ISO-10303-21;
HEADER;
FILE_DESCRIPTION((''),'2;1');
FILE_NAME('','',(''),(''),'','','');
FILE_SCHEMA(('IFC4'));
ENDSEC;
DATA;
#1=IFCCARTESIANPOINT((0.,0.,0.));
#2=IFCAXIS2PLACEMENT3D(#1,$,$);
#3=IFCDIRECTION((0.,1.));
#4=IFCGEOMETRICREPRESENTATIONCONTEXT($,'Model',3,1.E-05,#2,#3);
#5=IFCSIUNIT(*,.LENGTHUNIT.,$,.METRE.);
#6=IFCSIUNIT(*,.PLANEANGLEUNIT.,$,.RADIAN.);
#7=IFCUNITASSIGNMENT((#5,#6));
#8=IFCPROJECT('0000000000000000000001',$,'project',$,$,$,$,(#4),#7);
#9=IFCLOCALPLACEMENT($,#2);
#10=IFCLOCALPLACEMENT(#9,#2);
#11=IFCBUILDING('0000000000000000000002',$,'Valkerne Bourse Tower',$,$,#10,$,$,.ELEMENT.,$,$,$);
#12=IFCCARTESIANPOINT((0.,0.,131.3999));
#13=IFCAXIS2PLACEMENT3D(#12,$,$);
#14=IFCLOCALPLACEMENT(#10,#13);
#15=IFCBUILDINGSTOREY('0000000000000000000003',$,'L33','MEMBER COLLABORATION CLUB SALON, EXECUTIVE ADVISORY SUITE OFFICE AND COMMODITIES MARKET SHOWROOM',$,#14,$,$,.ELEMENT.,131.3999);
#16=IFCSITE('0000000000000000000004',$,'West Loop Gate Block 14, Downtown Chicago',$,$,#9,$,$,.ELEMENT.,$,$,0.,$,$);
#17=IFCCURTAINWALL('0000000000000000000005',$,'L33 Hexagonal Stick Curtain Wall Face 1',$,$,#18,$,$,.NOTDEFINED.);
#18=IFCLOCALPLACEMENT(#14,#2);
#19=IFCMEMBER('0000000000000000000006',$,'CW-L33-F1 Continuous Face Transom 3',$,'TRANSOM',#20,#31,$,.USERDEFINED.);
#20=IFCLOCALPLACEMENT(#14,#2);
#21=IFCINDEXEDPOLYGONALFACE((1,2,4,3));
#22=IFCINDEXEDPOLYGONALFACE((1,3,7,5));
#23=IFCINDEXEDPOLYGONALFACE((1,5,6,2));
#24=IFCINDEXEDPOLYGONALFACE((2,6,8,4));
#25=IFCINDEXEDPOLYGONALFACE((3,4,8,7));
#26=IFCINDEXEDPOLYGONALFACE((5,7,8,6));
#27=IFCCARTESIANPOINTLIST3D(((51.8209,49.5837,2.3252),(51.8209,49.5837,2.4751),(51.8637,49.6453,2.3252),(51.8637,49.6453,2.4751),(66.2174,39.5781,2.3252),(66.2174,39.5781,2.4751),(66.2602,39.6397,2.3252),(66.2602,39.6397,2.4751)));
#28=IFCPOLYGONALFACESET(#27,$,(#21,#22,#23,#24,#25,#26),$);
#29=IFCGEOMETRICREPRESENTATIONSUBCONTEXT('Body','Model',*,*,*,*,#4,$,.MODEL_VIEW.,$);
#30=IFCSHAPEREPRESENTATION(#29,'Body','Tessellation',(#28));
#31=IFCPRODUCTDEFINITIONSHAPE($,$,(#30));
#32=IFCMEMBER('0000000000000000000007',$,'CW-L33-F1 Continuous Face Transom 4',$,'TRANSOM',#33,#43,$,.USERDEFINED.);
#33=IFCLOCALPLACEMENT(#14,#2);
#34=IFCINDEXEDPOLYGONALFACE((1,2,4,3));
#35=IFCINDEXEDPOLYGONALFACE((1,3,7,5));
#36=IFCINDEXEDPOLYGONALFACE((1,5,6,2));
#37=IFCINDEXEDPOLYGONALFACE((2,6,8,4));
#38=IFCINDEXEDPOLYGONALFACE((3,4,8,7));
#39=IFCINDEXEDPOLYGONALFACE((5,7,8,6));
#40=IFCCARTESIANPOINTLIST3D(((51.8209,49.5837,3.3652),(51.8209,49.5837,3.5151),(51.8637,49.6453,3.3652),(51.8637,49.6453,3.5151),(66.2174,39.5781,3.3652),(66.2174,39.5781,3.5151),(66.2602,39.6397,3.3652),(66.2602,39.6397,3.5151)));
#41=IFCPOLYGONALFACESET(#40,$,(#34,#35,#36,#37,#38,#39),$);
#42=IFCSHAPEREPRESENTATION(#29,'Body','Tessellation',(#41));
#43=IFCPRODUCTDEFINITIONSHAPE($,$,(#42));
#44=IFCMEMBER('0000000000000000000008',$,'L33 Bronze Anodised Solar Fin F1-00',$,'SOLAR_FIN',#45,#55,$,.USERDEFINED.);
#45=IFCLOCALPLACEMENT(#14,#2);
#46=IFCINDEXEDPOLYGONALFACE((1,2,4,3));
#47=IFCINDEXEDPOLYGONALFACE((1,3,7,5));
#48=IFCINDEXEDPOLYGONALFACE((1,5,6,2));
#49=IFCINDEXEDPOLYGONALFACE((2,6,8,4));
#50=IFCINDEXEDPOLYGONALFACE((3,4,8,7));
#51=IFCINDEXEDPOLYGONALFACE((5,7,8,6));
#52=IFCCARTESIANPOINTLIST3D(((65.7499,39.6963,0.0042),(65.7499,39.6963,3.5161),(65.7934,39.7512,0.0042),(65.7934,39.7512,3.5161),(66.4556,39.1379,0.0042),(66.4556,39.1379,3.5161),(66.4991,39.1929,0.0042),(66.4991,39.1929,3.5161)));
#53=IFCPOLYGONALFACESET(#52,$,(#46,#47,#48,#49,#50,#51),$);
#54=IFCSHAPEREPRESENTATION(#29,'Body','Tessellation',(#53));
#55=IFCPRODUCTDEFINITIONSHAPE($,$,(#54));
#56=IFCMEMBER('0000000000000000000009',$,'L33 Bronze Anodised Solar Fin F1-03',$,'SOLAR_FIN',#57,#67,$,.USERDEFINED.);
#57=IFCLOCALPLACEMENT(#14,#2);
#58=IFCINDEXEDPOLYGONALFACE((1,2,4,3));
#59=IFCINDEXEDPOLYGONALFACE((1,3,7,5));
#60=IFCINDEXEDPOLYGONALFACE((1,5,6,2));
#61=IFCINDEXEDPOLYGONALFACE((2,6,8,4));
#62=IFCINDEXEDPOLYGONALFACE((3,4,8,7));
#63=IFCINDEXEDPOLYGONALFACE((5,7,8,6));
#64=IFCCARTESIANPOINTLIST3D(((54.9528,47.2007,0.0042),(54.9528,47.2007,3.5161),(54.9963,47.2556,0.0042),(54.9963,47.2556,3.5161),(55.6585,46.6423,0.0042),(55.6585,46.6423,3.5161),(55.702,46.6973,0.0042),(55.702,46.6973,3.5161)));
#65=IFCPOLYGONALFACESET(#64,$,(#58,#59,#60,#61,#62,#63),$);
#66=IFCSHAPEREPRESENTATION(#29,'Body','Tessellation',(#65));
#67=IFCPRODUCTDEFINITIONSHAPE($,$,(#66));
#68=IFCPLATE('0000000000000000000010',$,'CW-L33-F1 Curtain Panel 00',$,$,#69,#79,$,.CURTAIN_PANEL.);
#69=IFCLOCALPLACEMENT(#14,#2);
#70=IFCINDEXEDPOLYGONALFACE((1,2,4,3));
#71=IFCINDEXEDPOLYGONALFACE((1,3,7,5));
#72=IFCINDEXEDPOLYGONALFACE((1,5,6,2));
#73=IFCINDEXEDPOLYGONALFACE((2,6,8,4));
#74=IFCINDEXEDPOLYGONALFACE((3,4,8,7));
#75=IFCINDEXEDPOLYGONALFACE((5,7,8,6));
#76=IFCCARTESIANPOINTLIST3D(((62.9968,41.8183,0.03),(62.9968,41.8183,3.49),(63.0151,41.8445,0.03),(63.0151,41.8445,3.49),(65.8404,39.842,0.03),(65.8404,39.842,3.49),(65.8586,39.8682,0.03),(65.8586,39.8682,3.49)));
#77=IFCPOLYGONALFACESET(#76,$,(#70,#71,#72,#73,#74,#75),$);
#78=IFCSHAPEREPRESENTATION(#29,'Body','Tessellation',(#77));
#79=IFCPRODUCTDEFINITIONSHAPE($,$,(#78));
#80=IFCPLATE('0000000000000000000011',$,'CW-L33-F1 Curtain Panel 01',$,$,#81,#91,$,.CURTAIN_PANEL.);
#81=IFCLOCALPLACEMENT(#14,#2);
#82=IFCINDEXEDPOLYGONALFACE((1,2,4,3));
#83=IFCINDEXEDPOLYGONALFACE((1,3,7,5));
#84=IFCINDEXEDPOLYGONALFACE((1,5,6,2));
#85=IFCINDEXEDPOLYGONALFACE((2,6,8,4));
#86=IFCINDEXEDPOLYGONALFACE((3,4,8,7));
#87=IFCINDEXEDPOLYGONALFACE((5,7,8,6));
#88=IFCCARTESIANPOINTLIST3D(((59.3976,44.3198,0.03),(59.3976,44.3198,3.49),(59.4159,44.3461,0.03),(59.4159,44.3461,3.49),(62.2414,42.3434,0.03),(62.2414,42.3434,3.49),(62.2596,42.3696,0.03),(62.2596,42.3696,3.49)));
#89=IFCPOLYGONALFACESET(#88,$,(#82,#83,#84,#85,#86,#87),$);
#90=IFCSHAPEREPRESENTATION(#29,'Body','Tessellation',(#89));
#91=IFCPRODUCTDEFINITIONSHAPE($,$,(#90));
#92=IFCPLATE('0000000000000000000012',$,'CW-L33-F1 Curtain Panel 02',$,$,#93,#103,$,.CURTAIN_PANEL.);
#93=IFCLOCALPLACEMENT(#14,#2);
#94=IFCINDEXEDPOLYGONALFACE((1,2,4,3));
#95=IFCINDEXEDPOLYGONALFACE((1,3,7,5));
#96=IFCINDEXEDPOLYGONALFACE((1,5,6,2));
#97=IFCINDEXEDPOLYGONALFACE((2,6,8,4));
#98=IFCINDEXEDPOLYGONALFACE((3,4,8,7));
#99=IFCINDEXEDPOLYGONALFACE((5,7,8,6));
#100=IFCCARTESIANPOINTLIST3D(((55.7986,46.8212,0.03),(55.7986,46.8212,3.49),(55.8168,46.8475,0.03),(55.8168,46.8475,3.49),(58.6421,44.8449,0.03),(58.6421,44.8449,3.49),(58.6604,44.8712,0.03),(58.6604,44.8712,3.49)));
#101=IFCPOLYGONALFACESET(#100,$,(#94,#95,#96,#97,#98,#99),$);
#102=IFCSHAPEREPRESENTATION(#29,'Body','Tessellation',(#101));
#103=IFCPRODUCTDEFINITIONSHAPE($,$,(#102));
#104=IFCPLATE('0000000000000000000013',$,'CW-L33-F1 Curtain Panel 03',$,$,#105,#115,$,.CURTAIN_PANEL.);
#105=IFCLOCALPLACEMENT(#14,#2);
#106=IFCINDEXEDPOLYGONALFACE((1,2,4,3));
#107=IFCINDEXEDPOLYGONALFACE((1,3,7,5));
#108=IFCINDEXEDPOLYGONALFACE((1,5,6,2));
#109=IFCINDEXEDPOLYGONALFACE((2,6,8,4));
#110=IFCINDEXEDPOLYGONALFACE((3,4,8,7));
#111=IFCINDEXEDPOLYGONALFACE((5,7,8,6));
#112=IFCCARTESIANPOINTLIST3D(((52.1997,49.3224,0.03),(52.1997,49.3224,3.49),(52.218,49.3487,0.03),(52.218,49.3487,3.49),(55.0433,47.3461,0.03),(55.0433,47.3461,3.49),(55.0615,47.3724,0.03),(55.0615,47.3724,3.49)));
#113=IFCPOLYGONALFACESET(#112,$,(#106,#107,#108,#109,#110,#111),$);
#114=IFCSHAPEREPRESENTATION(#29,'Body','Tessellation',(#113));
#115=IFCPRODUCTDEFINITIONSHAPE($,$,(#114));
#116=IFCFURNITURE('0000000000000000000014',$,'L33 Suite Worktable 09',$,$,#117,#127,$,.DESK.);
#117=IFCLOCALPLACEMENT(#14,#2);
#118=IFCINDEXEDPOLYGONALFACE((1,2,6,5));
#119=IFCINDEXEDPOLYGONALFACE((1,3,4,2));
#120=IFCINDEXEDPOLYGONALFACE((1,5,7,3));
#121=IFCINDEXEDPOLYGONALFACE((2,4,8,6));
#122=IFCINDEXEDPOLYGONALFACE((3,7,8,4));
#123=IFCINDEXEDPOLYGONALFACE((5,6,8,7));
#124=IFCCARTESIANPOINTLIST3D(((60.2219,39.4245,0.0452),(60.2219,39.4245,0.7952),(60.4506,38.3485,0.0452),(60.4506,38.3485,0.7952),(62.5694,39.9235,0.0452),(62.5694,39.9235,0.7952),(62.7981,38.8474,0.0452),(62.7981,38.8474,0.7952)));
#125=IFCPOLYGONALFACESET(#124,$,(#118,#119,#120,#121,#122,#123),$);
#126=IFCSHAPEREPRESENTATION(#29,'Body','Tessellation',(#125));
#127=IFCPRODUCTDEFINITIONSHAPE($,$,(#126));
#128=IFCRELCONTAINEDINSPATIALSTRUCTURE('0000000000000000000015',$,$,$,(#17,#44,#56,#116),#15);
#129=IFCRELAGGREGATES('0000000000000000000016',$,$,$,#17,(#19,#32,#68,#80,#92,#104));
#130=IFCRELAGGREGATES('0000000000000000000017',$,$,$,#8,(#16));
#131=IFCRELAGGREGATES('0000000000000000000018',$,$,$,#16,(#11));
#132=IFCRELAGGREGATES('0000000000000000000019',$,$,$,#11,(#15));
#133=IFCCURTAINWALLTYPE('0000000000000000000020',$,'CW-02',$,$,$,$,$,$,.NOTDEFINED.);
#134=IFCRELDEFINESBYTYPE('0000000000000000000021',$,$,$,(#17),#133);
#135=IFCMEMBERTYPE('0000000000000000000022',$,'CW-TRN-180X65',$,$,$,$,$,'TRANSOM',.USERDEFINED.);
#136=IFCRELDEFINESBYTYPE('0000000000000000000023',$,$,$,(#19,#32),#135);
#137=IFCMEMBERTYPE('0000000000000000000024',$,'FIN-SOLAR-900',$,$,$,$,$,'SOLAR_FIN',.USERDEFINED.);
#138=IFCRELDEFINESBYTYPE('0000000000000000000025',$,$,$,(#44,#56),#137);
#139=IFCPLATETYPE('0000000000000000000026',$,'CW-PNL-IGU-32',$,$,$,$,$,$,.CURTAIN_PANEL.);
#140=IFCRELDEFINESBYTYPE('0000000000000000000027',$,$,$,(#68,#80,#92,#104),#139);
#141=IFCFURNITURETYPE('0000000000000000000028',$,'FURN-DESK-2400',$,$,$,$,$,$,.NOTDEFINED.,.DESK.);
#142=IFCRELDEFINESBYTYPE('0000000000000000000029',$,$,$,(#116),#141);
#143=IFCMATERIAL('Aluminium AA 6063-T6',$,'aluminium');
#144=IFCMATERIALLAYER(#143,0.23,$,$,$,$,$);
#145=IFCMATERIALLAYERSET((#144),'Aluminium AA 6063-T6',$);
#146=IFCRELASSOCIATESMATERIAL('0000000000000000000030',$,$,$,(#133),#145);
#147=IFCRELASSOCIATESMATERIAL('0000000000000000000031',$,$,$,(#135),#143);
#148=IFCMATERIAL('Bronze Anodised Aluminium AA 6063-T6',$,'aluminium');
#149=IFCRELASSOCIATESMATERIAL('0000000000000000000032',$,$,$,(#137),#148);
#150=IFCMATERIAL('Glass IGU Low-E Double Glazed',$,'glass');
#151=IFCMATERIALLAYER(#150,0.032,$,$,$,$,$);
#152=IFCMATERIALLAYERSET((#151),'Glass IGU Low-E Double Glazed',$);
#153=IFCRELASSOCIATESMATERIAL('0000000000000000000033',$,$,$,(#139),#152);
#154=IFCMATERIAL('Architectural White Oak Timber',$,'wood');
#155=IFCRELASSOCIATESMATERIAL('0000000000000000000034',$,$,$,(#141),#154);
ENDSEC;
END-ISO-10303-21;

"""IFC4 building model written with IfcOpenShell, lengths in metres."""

from ifc_helpers import new_model, si_unit, direction, frame, origin, origin_2d, place, context, subcontext, project, spatial, rectangle, extrude, material, layer, layer_set, material_profile, profile_set, type_object, element, aggregate, save


model = new_model("IFC4")

# Units and contexts
model_context = context("Model", 3, precision=1e-05, world=origin(), true_north=direction((0.0, 1.0)))
body_context = subcontext(model_context, "Body", "Model", "MODEL_VIEW")
ifc_project = project(units=[si_unit("LENGTHUNIT", "METRE"), si_unit("PLANEANGLEUNIT", "RADIAN")], contexts=[model_context])

# Site, building, storey
site_placement = place(None, origin())
site = spatial("IfcSite", under=ifc_project, at=site_placement, Name="West Loop Gate Block 14, Downtown Chicago", CompositionType="ELEMENT", RefElevation=0.0)
building_placement = place(site_placement, origin())
building = spatial("IfcBuilding", under=site, at=building_placement, Name="Valkerne Bourse Tower", CompositionType="ELEMENT")
storey_placement = place(building_placement, frame((0.0, 0.0, 131.3999)))
storey = spatial("IfcBuildingStorey", under=building, at=storey_placement, Name="L33", Description="MEMBER COLLABORATION CLUB SALON, EXECUTIVE ADVISORY SUITE OFFICE AND COMMODITIES MARKET SHOWROOM", CompositionType="ELEMENT", Elevation=131.3999)

# Curtain wall, members
ifc_material_1 = material(Name="Aluminium AA 6063-T6", Category="aluminium")
ifc_layer_1 = layer(ifc_material_1, 0.23)
ifc_layer_set_1 = layer_set([ifc_layer_1], Name="Aluminium AA 6063-T6")
curtain_wall_type = type_object("IfcCurtainWallType", Name="CW-02", PredefinedType="NOTDEFINED", material=ifc_layer_set_1)
curtain_wall_placement = place(storey_placement, origin())
curtain_wall = element("IfcCurtainWall", 1, at=curtain_wall_placement, inside=storey, type_object=curtain_wall_type, Name="L33 Hexagonal Stick Curtain Wall Face 1", PredefinedType="NOTDEFINED")
ifc_material_profile_1 = material_profile(ifc_material_1, rectangle(XDim=0.075, YDim=0.1499, at=origin_2d()), Name="CWT-75X150")
ifc_profile_set_1 = profile_set([ifc_material_profile_1], Name="Aluminium AA 6063-T6")
member_type_1 = type_object("IfcMemberType", Name="CW-TRN-180X65", ElementType="TRANSOM", PredefinedType="USERDEFINED", material=ifc_profile_set_1)
member_1_placement = place(storey_placement, frame((66.2388, 39.6089, 2.4001), z_axis=(-0.821155, 0.570706, 0.0), x_axis=(-0.570706, -0.821155, 0.0)))
member_1 = element("IfcMember", 2, at=member_1_placement, type_object=member_type_1, Name="CW-L33-F1 Continuous Face Transom 3", ObjectType="TRANSOM", PredefinedType="USERDEFINED", context=body_context, shape_type="SweptSolid", body=[
    extrude(rectangle(XDim=0.075, YDim=0.1499, at=origin_2d()), origin(), (0.0, 0.0, 1.0), 17.532),
])
member_2_placement = place(storey_placement, frame((66.2388, 39.6089, 3.4402), z_axis=(-0.821155, 0.570706, 0.0), x_axis=(-0.570706, -0.821155, 0.0)))
member_2 = element("IfcMember", 3, at=member_2_placement, type_object=member_type_1, Name="CW-L33-F1 Continuous Face Transom 4", ObjectType="TRANSOM", PredefinedType="USERDEFINED", context=body_context, shape_type="SweptSolid", body=[
    extrude(rectangle(XDim=0.075, YDim=0.1499, at=origin_2d()), origin(), (0.0, 0.0, 1.0), 17.532),
])

# Members
ifc_material_2 = material(Name="Bronze Anodised Aluminium AA 6063-T6", Category="aluminium")
ifc_material_profile_2 = material_profile(ifc_material_2, rectangle(XDim=0.0701, YDim=0.8999, at=origin_2d()), Name="FIN-70X900")
ifc_profile_set_2 = profile_set([ifc_material_profile_2], Name="Bronze Anodised Aluminium AA 6063-T6")
member_type_2 = type_object("IfcMemberType", Name="FIN-SOLAR-900", ElementType="SOLAR_FIN", PredefinedType="USERDEFINED", material=ifc_profile_set_2)
for number, where, z_axis, x_axis, name in (
    (4, (66.1245, 39.4446, 0.0042), (0.0, 0.0, 1.0), (0.620495, 0.78421, 0.0), "L33 Bronze Anodised Solar Fin F1-00"),
    (5, (55.3274, 46.949, 0.0042), (0.0, 0.0, 1.0), (0.620495, 0.78421, 0.0), "L33 Bronze Anodised Solar Fin F1-03"),
):
    element("IfcMember", number, at=place(storey_placement, frame(where, z_axis=z_axis, x_axis=x_axis)), inside=storey, type_object=member_type_2, Name=name, ObjectType="SOLAR_FIN", PredefinedType="USERDEFINED", context=body_context, shape_type="SweptSolid", body=[
        extrude(rectangle(XDim=0.0701, YDim=0.8999, at=origin_2d()), origin(), (0.0, 0.0, 1.0), 3.512),
    ])

# Plates
ifc_material_3 = material(Name="Glass IGU Low-E Double Glazed", Category="glass")
ifc_layer_2 = layer(ifc_material_3, 0.032)
ifc_layer_set_2 = layer_set([ifc_layer_2], Name="Glass IGU Low-E Double Glazed")
plate_type = type_object("IfcPlateType", Name="CW-PNL-IGU-32", PredefinedType="CURTAIN_PANEL", material=ifc_layer_set_2)
plate_1_placement = place(storey_placement, frame((64.4277, 40.8433, 0.03), z_axis=(0.0, 0.0, 1.0), x_axis=(-0.821153, 0.570707, 0.0)))
plate_1 = element("IfcPlate", 6, at=plate_1_placement, type_object=plate_type, Name="CW-L33-F1 Curtain Panel 00", PredefinedType="CURTAIN_PANEL", context=body_context, shape_type="SweptSolid", body=[
    extrude(rectangle(XDim=3.4629, YDim=0.032, at=origin_2d()), origin(), (0.0, 0.0, 1.0), 3.46),
])
plate_2_placement = place(storey_placement, frame((60.8286, 43.3447, 0.03), z_axis=(0.0, 0.0, 1.0), x_axis=(-0.821143, 0.570723, 0.0)))
plate_2 = element("IfcPlate", 7, at=plate_2_placement, type_object=plate_type, Name="CW-L33-F1 Curtain Panel 01", PredefinedType="CURTAIN_PANEL", context=body_context, shape_type="SweptSolid", body=[
    extrude(rectangle(XDim=3.4631, YDim=0.032, at=origin_2d()), origin(), (0.0, 0.0, 1.0), 3.46),
])
plate_3_placement = place(storey_placement, frame((57.2295, 45.8462, 0.03), z_axis=(0.0, 0.0, 1.0), x_axis=(-0.821146, 0.570718, 0.0)))
plate_3 = element("IfcPlate", 8, at=plate_3_placement, type_object=plate_type, Name="CW-L33-F1 Curtain Panel 02", PredefinedType="CURTAIN_PANEL", context=body_context, shape_type="SweptSolid", body=[
    extrude(rectangle(XDim=3.4629, YDim=0.032, at=origin_2d()), origin(), (0.0, 0.0, 1.0), 3.46),
])
plate_4_placement = place(storey_placement, frame((53.6306, 48.3474, 0.03), z_axis=(0.0, 0.0, 1.0), x_axis=(-0.821153, 0.570707, 0.0)))
plate_4 = element("IfcPlate", 9, at=plate_4_placement, type_object=plate_type, Name="CW-L33-F1 Curtain Panel 03", PredefinedType="CURTAIN_PANEL", context=body_context, shape_type="SweptSolid", body=[
    extrude(rectangle(XDim=3.4629, YDim=0.032, at=origin_2d()), origin(), (0.0, 0.0, 1.0), 3.46),
])
aggregate(curtain_wall, [member_1, member_2, plate_1, plate_2, plate_3, plate_4])

# Furniture
ifc_material_4 = material(Name="Architectural White Oak Timber", Category="wood")
furniture_type = type_object("IfcFurnitureType", Name="FURN-DESK-2400", AssemblyPlace="NOTDEFINED", PredefinedType="DESK", material=ifc_material_4)
furniture_placement = place(storey_placement, frame((61.51, 39.136, 0.0452), z_axis=(0.0, 0.0, 1.0), x_axis=(0.978148, 0.207912, 0.0)))
element("IfcFurniture", 10, at=furniture_placement, inside=storey, type_object=furniture_type, Name="L33 Suite Worktable 09", PredefinedType="DESK", context=body_context, shape_type="SweptSolid", body=[
    extrude(rectangle(XDim=2.3999, YDim=1.1001, at=origin_2d()), origin(), (0.0, 0.0, 1.0), 0.75),
])

save(model, "model.ifc")
